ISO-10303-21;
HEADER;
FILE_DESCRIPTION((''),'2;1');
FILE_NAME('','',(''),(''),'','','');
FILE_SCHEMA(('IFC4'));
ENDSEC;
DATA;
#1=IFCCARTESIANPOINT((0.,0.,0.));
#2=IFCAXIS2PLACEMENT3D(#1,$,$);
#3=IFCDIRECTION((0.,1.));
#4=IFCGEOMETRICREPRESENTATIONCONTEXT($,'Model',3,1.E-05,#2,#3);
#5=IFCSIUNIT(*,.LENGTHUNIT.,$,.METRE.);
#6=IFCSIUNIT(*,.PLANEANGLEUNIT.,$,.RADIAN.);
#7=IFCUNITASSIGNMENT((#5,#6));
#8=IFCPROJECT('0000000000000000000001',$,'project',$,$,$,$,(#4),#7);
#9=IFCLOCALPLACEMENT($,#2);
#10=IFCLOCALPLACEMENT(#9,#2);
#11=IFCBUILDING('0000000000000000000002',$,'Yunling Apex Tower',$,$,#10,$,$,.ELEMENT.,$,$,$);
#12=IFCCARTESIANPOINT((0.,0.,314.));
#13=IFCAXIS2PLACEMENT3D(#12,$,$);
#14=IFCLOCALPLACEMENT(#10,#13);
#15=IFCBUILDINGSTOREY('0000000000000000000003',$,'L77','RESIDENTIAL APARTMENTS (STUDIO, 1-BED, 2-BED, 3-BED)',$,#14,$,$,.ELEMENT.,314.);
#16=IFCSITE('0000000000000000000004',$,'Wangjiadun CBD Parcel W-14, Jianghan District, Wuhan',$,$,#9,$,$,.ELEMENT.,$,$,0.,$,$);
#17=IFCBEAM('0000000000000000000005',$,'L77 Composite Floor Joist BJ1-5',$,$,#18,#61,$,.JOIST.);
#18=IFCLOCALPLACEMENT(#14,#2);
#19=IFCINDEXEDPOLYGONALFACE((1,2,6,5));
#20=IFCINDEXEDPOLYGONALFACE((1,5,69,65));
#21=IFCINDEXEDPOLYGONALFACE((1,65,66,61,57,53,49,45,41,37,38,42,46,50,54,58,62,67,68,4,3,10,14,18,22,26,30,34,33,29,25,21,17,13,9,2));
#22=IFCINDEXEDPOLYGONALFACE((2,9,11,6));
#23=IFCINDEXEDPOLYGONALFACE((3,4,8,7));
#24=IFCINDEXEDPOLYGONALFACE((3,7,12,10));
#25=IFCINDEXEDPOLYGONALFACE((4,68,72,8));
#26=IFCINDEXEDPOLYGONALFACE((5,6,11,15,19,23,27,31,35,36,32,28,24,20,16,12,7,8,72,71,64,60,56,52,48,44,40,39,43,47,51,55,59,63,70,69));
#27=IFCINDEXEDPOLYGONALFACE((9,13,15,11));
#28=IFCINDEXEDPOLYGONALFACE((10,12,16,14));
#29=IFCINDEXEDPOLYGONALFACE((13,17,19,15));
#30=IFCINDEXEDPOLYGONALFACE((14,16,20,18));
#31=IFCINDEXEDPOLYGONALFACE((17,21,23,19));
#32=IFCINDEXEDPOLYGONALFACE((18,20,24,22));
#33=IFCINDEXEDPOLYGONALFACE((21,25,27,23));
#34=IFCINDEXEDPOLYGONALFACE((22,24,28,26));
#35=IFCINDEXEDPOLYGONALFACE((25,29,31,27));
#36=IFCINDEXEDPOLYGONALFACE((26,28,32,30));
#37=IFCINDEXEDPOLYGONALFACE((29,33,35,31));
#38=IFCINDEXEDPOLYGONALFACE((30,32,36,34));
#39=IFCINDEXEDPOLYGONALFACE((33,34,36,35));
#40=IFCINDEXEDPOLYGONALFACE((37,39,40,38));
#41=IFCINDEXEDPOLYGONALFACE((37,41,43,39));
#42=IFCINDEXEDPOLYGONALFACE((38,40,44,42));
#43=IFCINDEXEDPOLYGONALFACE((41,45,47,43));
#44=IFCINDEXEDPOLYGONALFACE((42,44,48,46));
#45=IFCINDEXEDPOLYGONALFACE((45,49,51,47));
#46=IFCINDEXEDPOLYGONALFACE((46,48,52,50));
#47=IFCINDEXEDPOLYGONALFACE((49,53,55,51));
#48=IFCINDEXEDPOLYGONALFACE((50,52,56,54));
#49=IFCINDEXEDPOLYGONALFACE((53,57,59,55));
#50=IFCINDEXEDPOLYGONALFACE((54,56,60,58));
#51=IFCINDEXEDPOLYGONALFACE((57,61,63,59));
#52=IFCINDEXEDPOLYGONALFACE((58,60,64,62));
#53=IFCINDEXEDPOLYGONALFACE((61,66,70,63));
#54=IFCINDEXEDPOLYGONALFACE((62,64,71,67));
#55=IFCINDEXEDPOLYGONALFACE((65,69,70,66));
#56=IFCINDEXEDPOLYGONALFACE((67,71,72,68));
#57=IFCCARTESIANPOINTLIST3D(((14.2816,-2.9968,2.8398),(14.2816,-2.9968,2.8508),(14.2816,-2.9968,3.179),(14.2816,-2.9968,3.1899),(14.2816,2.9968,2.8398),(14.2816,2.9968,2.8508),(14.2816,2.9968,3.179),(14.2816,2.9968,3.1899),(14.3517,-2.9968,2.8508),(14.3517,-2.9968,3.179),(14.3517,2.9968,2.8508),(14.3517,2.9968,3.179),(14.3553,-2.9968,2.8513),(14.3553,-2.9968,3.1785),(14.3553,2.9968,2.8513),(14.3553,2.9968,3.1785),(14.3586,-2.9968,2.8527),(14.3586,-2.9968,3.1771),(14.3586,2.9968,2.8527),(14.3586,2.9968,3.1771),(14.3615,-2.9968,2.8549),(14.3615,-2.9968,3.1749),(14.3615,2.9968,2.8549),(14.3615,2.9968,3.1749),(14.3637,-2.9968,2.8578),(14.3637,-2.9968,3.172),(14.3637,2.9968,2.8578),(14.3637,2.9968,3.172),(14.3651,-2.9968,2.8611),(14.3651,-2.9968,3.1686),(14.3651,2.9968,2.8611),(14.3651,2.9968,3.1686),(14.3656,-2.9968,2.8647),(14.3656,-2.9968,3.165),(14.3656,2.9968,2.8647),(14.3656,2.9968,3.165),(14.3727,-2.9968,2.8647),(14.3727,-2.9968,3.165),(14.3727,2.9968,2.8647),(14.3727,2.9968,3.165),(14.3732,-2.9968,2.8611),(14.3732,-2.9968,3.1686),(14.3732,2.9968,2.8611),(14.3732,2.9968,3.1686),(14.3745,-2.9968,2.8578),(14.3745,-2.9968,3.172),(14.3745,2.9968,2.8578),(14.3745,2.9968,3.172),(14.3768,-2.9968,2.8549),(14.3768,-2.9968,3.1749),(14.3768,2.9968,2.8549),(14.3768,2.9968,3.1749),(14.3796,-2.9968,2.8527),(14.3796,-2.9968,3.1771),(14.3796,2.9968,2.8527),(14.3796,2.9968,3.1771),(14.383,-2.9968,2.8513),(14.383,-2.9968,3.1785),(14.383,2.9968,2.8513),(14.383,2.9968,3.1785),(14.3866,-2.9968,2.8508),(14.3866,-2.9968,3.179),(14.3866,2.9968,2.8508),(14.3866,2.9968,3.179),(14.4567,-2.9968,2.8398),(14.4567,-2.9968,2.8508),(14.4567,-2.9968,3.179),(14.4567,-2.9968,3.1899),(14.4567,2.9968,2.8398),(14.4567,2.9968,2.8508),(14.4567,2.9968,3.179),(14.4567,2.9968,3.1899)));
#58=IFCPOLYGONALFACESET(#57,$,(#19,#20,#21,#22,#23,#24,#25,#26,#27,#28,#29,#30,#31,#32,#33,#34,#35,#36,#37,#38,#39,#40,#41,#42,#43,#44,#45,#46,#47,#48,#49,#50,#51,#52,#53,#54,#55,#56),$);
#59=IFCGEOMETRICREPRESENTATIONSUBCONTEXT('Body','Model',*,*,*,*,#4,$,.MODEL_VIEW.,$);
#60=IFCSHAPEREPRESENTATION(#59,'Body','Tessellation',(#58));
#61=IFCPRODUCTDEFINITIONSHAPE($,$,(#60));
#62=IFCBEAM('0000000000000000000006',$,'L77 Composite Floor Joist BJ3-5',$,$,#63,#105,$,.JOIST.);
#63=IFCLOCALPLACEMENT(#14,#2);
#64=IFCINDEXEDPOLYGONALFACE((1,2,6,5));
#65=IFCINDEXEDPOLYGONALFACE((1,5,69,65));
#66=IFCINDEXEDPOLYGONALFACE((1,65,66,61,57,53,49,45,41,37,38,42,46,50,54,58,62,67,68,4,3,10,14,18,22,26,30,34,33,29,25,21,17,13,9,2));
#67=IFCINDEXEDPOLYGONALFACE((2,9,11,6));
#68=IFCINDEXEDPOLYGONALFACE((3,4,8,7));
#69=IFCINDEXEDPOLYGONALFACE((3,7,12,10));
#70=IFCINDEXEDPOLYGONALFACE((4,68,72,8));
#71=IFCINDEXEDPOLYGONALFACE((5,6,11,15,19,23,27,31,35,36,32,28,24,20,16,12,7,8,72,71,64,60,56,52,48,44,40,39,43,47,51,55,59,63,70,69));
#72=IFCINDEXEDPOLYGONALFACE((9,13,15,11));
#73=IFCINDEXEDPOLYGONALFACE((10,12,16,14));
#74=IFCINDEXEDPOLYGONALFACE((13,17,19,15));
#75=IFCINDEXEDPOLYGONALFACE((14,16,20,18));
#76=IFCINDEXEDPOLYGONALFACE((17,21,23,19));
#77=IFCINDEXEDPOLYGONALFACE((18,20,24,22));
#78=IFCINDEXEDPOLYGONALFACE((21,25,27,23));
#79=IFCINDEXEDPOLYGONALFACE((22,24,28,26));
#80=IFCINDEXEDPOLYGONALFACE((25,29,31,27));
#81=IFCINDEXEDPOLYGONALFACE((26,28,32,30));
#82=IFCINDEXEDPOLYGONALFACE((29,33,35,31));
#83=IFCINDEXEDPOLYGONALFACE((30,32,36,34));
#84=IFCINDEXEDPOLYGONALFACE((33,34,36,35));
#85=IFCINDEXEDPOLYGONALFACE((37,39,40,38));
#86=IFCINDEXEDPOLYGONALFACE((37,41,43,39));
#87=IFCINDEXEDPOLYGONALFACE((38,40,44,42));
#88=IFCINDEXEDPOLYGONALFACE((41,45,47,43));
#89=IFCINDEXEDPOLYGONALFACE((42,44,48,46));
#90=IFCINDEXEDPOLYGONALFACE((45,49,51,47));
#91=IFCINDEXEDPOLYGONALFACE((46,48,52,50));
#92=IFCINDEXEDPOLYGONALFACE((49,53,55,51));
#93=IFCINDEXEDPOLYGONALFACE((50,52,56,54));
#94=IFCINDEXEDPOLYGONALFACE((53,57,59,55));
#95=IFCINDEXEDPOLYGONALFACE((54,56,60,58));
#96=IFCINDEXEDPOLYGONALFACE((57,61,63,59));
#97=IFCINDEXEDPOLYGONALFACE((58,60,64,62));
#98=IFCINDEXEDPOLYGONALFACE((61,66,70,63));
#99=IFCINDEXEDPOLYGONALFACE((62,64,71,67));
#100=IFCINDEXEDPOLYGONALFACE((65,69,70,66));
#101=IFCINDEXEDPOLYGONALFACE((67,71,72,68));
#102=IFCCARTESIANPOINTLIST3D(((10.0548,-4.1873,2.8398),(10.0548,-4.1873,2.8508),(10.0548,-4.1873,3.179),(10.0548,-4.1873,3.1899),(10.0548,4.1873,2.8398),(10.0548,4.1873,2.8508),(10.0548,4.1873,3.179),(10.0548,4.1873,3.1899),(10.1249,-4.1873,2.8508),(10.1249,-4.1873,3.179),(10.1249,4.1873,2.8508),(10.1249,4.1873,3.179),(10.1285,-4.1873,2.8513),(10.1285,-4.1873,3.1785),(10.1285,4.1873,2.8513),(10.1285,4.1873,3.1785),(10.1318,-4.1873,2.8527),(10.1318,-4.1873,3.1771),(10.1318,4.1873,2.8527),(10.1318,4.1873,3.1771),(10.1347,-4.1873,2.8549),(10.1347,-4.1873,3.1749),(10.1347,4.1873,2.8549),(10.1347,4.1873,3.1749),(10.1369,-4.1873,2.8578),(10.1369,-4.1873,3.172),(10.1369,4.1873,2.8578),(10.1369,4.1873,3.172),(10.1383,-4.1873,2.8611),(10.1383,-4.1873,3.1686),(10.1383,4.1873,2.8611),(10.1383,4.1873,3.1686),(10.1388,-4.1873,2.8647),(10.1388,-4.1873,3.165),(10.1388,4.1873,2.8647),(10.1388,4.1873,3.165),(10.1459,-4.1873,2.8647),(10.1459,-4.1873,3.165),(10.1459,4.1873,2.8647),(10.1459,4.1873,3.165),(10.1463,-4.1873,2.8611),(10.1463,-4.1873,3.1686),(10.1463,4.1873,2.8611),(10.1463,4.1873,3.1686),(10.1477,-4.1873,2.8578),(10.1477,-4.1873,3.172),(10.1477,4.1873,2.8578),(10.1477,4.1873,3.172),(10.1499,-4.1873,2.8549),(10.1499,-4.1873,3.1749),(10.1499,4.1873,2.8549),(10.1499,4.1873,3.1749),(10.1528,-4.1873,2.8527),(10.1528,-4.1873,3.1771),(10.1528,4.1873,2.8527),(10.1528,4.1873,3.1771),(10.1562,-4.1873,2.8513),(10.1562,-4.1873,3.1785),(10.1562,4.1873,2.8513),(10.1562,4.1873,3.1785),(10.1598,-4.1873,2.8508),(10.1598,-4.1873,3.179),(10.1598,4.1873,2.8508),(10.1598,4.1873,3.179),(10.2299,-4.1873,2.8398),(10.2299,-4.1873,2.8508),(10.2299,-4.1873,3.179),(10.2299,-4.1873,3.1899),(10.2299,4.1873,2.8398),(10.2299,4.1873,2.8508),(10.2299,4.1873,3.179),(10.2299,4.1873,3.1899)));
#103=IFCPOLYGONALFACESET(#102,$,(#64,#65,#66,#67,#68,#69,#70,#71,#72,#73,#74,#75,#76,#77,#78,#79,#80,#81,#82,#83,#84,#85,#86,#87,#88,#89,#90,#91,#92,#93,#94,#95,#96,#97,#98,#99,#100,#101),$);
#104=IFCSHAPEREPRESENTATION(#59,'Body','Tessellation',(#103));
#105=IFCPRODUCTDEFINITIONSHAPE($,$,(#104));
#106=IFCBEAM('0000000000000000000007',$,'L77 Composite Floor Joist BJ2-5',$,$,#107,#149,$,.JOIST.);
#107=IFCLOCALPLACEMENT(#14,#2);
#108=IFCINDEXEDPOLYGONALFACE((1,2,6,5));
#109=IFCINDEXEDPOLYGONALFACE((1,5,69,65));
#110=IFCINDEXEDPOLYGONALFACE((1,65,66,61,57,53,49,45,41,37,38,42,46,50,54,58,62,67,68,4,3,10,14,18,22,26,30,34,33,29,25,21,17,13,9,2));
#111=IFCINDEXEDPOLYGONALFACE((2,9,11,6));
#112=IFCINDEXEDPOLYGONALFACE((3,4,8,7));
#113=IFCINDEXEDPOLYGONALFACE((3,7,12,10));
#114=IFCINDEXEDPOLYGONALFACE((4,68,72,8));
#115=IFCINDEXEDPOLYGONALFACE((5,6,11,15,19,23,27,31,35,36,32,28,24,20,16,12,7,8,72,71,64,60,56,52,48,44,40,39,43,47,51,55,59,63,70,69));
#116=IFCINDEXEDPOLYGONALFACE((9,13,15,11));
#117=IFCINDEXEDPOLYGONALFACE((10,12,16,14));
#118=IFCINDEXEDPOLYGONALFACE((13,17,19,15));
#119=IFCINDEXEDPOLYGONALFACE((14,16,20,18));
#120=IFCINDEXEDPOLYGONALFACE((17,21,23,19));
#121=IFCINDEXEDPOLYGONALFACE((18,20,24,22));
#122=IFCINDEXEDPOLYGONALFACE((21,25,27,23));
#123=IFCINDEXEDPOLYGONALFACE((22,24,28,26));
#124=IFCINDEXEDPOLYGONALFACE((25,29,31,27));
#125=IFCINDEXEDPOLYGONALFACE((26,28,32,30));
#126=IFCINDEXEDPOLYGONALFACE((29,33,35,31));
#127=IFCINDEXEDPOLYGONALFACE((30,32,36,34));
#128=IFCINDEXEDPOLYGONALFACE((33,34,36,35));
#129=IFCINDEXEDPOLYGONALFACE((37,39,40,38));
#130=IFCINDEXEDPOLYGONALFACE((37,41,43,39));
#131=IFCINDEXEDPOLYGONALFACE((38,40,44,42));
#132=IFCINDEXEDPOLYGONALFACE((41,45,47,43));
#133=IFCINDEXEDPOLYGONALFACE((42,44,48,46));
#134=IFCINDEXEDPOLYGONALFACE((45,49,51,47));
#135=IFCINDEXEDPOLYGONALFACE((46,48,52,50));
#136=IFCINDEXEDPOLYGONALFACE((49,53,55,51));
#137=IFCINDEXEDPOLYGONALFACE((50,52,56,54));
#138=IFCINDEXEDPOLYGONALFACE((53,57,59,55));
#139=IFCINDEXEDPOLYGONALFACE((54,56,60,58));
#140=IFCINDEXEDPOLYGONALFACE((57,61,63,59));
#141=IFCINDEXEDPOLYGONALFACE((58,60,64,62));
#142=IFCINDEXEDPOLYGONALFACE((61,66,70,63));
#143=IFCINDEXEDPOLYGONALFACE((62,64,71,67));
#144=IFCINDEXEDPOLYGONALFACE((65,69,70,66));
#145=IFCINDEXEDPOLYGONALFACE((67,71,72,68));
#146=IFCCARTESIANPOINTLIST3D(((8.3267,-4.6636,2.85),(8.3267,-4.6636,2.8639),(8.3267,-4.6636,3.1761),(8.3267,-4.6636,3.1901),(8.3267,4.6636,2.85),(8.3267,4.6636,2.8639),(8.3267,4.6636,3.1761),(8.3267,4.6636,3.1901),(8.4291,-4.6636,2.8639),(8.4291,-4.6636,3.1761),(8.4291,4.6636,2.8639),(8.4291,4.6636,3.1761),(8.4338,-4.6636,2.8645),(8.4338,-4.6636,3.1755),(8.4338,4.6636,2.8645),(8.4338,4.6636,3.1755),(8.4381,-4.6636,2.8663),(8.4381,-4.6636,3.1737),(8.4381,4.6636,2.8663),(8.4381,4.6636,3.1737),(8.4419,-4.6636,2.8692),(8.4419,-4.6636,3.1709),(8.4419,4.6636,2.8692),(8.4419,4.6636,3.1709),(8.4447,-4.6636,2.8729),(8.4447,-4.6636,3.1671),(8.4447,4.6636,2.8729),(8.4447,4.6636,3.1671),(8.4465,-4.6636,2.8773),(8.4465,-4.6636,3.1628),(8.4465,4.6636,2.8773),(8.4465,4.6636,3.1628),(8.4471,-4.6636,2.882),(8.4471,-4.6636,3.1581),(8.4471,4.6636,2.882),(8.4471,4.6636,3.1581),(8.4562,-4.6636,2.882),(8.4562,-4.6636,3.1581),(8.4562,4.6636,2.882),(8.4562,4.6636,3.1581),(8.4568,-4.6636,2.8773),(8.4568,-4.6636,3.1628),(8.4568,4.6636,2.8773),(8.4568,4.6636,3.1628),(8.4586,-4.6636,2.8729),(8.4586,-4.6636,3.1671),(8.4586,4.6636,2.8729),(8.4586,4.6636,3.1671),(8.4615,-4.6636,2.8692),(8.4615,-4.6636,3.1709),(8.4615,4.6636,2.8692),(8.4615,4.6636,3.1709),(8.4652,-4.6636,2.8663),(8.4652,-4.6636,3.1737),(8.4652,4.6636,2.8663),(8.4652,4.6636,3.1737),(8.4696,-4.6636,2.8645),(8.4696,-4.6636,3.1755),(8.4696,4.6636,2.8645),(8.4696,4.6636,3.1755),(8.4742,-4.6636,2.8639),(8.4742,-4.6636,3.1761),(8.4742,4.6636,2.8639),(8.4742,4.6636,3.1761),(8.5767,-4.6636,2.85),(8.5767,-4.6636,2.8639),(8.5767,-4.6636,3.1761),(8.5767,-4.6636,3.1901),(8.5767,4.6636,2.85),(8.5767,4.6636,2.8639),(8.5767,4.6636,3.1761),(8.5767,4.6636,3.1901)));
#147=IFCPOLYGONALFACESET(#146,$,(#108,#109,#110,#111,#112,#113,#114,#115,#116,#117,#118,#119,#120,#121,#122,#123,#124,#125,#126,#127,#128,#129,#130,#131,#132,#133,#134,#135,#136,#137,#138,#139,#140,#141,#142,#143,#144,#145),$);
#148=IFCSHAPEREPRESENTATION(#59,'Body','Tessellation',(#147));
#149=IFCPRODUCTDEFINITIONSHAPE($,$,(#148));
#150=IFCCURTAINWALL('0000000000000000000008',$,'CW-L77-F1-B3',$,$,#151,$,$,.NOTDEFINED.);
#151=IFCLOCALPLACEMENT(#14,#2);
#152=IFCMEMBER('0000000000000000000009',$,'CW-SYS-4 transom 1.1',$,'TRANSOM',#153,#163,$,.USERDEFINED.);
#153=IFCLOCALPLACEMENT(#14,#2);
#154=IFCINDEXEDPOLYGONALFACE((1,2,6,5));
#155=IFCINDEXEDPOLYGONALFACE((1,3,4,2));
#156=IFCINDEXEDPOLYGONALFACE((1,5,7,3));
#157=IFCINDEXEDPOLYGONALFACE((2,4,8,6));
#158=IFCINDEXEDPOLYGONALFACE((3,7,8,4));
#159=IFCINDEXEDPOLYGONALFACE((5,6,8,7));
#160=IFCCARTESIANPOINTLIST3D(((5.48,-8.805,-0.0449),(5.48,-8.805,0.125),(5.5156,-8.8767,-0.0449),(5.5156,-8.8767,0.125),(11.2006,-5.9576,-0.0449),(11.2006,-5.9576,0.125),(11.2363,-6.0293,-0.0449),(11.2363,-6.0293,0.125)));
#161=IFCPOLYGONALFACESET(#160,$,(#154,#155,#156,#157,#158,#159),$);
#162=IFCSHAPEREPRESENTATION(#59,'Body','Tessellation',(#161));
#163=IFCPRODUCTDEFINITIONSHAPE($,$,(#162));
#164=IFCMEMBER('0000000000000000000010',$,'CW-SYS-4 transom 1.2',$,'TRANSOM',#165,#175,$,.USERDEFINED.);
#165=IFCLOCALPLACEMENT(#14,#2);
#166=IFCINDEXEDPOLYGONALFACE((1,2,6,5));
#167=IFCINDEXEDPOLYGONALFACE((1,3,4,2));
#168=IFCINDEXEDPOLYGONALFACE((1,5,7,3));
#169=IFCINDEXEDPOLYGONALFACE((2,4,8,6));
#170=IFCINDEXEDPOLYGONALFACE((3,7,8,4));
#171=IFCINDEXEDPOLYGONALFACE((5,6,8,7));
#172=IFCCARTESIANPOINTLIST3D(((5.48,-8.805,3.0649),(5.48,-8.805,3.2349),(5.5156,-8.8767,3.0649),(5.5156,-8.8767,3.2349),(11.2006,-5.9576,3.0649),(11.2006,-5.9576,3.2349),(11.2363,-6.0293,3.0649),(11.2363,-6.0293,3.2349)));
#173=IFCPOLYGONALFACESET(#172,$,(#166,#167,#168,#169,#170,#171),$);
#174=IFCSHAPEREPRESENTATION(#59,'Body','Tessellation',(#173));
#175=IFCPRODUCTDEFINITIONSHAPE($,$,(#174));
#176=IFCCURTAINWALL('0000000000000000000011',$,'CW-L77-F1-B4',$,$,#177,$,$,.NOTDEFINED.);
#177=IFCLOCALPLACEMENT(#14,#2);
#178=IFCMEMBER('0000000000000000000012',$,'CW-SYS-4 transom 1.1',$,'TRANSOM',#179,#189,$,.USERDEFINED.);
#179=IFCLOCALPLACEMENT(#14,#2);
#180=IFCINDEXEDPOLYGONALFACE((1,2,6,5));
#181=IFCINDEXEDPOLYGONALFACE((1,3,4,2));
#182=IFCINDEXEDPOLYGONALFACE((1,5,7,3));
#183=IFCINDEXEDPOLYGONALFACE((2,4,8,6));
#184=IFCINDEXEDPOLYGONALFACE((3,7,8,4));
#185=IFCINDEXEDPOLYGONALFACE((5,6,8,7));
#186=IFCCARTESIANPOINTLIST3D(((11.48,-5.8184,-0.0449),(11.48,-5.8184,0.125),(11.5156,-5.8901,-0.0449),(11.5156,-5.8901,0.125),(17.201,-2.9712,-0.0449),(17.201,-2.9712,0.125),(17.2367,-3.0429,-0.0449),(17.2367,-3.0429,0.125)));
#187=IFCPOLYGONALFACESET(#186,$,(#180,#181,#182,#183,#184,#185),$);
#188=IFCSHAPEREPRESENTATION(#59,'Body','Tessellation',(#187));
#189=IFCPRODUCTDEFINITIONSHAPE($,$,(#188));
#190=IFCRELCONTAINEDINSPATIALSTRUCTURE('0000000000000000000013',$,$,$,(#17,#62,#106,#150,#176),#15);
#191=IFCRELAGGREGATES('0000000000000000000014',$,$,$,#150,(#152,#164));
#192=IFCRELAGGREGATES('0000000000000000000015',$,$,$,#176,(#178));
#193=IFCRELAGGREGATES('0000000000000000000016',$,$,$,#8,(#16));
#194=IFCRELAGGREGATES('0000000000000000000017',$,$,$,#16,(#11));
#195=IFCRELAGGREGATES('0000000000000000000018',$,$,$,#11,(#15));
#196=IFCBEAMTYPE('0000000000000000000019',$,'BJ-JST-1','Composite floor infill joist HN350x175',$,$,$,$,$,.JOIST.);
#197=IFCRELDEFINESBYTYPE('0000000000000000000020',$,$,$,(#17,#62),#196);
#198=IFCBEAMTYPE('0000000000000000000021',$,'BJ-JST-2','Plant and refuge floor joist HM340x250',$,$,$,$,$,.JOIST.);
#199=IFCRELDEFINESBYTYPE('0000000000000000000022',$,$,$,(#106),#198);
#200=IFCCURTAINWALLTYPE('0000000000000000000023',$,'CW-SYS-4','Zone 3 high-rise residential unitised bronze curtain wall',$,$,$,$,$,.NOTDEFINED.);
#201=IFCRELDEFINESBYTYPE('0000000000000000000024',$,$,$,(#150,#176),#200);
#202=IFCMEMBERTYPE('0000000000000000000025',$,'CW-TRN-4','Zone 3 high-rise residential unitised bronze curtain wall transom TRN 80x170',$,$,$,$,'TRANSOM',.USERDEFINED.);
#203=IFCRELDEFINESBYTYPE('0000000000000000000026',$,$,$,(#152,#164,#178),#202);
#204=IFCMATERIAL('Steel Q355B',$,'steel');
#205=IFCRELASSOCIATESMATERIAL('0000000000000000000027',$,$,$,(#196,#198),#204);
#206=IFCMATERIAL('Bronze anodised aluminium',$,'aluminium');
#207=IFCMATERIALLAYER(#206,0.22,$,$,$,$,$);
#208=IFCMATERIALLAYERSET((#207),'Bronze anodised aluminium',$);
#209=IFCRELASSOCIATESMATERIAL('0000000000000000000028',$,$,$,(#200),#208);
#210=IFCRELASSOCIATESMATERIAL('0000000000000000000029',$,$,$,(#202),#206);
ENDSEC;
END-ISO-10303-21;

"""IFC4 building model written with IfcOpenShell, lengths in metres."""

from ifc_helpers import new_model, si_unit, direction, frame, origin, origin_2d, place, context, subcontext, project, spatial, rectangle, i_section, extrude, source, transform, mapped, material, layer, layer_set, material_profile, profile_set, type_object, element, aggregate, save


model = new_model("IFC4")

# Units and contexts
model_context = context("Model", 3, precision=1e-05, world=origin(), true_north=direction((0.0, 1.0)))
body_context = subcontext(model_context, "Body", "Model", "MODEL_VIEW")
ifc_project = project(units=[si_unit("LENGTHUNIT", "METRE"), si_unit("PLANEANGLEUNIT", "RADIAN")], contexts=[model_context])

# Site, building, storey
site_placement = place(None, origin())
site = spatial("IfcSite", under=ifc_project, at=site_placement, Name="Wangjiadun CBD Parcel W-14, Jianghan District, Wuhan", CompositionType="ELEMENT", RefElevation=0.0)
building_placement = place(site_placement, origin())
building = spatial("IfcBuilding", under=site, at=building_placement, Name="Yunling Apex Tower", CompositionType="ELEMENT")
storey_placement = place(building_placement, frame((0.0, 0.0, 314.0)))
storey = spatial("IfcBuildingStorey", under=building, at=storey_placement, Name="L77", Description="RESIDENTIAL APARTMENTS (STUDIO, 1-BED, 2-BED, 3-BED)", CompositionType="ELEMENT", Elevation=314.0)

# Shared definitions
ifc_material_1 = material(Name="Steel Q355B", Category="steel")

# Beams
ifc_material_profile_1 = material_profile(ifc_material_1, i_section(OverallWidth=0.175, OverallDepth=0.3501, WebThickness=0.0071, FlangeThickness=0.011, FilletRadius=0.0139, at=origin_2d()))
ifc_profile_set_1 = profile_set([ifc_material_profile_1], Name="Steel Q355B")
beam_type_1 = type_object("IfcBeamType", Name="BJ-JST-1", Description="Composite floor infill joist HN350x175", PredefinedType="JOIST", material=ifc_profile_set_1)
shared_shape_1 = source(origin(), body_context, "Body", "SweptSolid", [
    extrude(i_section(OverallWidth=0.175, OverallDepth=0.3501, WebThickness=0.0071, FlangeThickness=0.011, FilletRadius=0.0139, at=origin_2d()), origin(), (0.0, 0.0, 1.0), 5.9937),
])
beam_1_placement = place(storey_placement, frame((14.3691, -2.9968, 3.0149), z_axis=(0.0, 1.0, 0.0), x_axis=(-1.0, 0.0, 0.0)))
element("IfcBeam", 1, at=beam_1_placement, inside=storey, type_object=beam_type_1, Name="L77 Composite Floor Joist BJ1-5", PredefinedType="JOIST", context=body_context, shape_type="MappedRepresentation", body=[
    mapped(shared_shape_1, transform((0.0, 0.0, 0.0), scale=1.0)),
])
shared_shape_2 = source(origin(), body_context, "Body", "SweptSolid", [
    extrude(i_section(OverallWidth=0.175, OverallDepth=0.3501, WebThickness=0.0071, FlangeThickness=0.011, FilletRadius=0.0139, at=origin_2d()), origin(), (0.0, 0.0, 1.0), 8.3745),
])
beam_2_placement = place(storey_placement, frame((10.1423, -4.1873, 3.0149), z_axis=(0.0, 1.0, 0.0), x_axis=(-1.0, 0.0, 0.0)))
element("IfcBeam", 2, at=beam_2_placement, inside=storey, type_object=beam_type_1, Name="L77 Composite Floor Joist BJ3-5", PredefinedType="JOIST", context=body_context, shape_type="MappedRepresentation", body=[
    mapped(shared_shape_2, transform((0.0, 0.0, 0.0), scale=1.0)),
])
ifc_material_profile_2 = material_profile(ifc_material_1, i_section(OverallWidth=0.25, OverallDepth=0.3401, WebThickness=0.009, FlangeThickness=0.0139, FilletRadius=0.0181, at=origin_2d()))
ifc_profile_set_2 = profile_set([ifc_material_profile_2], Name="Steel Q355B")
beam_type_2 = type_object("IfcBeamType", Name="BJ-JST-2", Description="Plant and refuge floor joist HM340x250", PredefinedType="JOIST", material=ifc_profile_set_2)
shared_shape_3 = source(origin(), body_context, "Body", "SweptSolid", [
    extrude(i_section(OverallWidth=0.25, OverallDepth=0.3401, WebThickness=0.009, FlangeThickness=0.0139, FilletRadius=0.0181, at=origin_2d()), origin(), (0.0, 0.0, 1.0), 9.3271),
])
beam_3_placement = place(storey_placement, frame((8.4517, -4.6636, 3.02), z_axis=(0.0, 1.0, 0.0), x_axis=(-1.0, 0.0, 0.0)))
element("IfcBeam", 3, at=beam_3_placement, inside=storey, type_object=beam_type_2, Name="L77 Composite Floor Joist BJ2-5", PredefinedType="JOIST", context=body_context, shape_type="MappedRepresentation", body=[
    mapped(shared_shape_3, transform((0.0, 0.0, 0.0), scale=1.0)),
])

# Curtain walls, members
ifc_material_2 = material(Name="Bronze anodised aluminium", Category="aluminium")
ifc_layer_1 = layer(ifc_material_2, 0.22)
ifc_layer_set_1 = layer_set([ifc_layer_1], Name="Bronze anodised aluminium")
curtain_wall_type = type_object("IfcCurtainWallType", Name="CW-SYS-4", Description="Zone 3 high-rise residential unitised bronze curtain wall", PredefinedType="NOTDEFINED", material=ifc_layer_set_1)
curtain_wall_1_placement = place(storey_placement, origin())
curtain_wall_1 = element("IfcCurtainWall", 4, at=curtain_wall_1_placement, inside=storey, type_object=curtain_wall_type, Name="CW-L77-F1-B3", PredefinedType="NOTDEFINED")
ifc_material_profile_3 = material_profile(ifc_material_2, rectangle(XDim=0.0801, YDim=0.1699, at=origin_2d()))
ifc_profile_set_3 = profile_set([ifc_material_profile_3], Name="Bronze anodised aluminium")
member_type_1 = type_object("IfcMemberType", Name="CW-TRN-4", Description="Zone 3 high-rise residential unitised bronze curtain wall transom TRN 80x170", ElementType="TRANSOM", PredefinedType="USERDEFINED", material=ifc_profile_set_3)
shared_shape_4 = source(origin(), body_context, "Body", "SweptSolid", [
    extrude(rectangle(XDim=0.0801, YDim=0.1699, at=origin_2d()), origin(), (0.0, 0.0, 1.0), 6.3901),
])
member_1_placement = place(storey_placement, frame((5.4978, -8.8408, 0.04), z_axis=(0.895236, 0.445593, 0.0), x_axis=(-0.445593, 0.895236, 0.0)))
member_1 = element("IfcMember", 5, at=member_1_placement, type_object=member_type_1, Name="CW-SYS-4 transom 1.1", ObjectType="TRANSOM", PredefinedType="USERDEFINED", context=body_context, shape_type="MappedRepresentation", body=[
    mapped(shared_shape_4, transform((0.0, 0.0, 0.0), scale=1.0)),
])
member_2_placement = place(storey_placement, frame((5.4978, -8.8408, 3.1499), z_axis=(0.895236, 0.445593, 0.0), x_axis=(-0.445593, 0.895236, 0.0)))
member_2 = element("IfcMember", 6, at=member_2_placement, type_object=member_type_1, Name="CW-SYS-4 transom 1.2", ObjectType="TRANSOM", PredefinedType="USERDEFINED", context=body_context, shape_type="MappedRepresentation", body=[
    mapped(shared_shape_4, transform((0.0, 0.0, 0.0), scale=1.0)),
])
curtain_wall_2_placement = place(storey_placement, origin())
curtain_wall_2 = element("IfcCurtainWall", 7, at=curtain_wall_2_placement, inside=storey, type_object=curtain_wall_type, Name="CW-L77-F1-B4", PredefinedType="NOTDEFINED")
shared_shape_5 = source(origin(), body_context, "Body", "SweptSolid", [
    extrude(rectangle(XDim=0.0801, YDim=0.1699, at=origin_2d()), origin(), (0.0, 0.0, 1.0), 6.3904),
])
member_3_placement = place(storey_placement, frame((11.4978, -5.8542, 0.04), z_axis=(0.895259, 0.445547, 0.0), x_axis=(-0.445547, 0.895259, 0.0)))
member_3 = element("IfcMember", 8, at=member_3_placement, type_object=member_type_1, Name="CW-SYS-4 transom 1.1", ObjectType="TRANSOM", PredefinedType="USERDEFINED", context=body_context, shape_type="MappedRepresentation", body=[
    mapped(shared_shape_5, transform((0.0, 0.0, 0.0), scale=1.0)),
])

aggregate(curtain_wall_1, [member_1, member_2])
aggregate(curtain_wall_2, [member_3])

save(model, "model.ifc")
